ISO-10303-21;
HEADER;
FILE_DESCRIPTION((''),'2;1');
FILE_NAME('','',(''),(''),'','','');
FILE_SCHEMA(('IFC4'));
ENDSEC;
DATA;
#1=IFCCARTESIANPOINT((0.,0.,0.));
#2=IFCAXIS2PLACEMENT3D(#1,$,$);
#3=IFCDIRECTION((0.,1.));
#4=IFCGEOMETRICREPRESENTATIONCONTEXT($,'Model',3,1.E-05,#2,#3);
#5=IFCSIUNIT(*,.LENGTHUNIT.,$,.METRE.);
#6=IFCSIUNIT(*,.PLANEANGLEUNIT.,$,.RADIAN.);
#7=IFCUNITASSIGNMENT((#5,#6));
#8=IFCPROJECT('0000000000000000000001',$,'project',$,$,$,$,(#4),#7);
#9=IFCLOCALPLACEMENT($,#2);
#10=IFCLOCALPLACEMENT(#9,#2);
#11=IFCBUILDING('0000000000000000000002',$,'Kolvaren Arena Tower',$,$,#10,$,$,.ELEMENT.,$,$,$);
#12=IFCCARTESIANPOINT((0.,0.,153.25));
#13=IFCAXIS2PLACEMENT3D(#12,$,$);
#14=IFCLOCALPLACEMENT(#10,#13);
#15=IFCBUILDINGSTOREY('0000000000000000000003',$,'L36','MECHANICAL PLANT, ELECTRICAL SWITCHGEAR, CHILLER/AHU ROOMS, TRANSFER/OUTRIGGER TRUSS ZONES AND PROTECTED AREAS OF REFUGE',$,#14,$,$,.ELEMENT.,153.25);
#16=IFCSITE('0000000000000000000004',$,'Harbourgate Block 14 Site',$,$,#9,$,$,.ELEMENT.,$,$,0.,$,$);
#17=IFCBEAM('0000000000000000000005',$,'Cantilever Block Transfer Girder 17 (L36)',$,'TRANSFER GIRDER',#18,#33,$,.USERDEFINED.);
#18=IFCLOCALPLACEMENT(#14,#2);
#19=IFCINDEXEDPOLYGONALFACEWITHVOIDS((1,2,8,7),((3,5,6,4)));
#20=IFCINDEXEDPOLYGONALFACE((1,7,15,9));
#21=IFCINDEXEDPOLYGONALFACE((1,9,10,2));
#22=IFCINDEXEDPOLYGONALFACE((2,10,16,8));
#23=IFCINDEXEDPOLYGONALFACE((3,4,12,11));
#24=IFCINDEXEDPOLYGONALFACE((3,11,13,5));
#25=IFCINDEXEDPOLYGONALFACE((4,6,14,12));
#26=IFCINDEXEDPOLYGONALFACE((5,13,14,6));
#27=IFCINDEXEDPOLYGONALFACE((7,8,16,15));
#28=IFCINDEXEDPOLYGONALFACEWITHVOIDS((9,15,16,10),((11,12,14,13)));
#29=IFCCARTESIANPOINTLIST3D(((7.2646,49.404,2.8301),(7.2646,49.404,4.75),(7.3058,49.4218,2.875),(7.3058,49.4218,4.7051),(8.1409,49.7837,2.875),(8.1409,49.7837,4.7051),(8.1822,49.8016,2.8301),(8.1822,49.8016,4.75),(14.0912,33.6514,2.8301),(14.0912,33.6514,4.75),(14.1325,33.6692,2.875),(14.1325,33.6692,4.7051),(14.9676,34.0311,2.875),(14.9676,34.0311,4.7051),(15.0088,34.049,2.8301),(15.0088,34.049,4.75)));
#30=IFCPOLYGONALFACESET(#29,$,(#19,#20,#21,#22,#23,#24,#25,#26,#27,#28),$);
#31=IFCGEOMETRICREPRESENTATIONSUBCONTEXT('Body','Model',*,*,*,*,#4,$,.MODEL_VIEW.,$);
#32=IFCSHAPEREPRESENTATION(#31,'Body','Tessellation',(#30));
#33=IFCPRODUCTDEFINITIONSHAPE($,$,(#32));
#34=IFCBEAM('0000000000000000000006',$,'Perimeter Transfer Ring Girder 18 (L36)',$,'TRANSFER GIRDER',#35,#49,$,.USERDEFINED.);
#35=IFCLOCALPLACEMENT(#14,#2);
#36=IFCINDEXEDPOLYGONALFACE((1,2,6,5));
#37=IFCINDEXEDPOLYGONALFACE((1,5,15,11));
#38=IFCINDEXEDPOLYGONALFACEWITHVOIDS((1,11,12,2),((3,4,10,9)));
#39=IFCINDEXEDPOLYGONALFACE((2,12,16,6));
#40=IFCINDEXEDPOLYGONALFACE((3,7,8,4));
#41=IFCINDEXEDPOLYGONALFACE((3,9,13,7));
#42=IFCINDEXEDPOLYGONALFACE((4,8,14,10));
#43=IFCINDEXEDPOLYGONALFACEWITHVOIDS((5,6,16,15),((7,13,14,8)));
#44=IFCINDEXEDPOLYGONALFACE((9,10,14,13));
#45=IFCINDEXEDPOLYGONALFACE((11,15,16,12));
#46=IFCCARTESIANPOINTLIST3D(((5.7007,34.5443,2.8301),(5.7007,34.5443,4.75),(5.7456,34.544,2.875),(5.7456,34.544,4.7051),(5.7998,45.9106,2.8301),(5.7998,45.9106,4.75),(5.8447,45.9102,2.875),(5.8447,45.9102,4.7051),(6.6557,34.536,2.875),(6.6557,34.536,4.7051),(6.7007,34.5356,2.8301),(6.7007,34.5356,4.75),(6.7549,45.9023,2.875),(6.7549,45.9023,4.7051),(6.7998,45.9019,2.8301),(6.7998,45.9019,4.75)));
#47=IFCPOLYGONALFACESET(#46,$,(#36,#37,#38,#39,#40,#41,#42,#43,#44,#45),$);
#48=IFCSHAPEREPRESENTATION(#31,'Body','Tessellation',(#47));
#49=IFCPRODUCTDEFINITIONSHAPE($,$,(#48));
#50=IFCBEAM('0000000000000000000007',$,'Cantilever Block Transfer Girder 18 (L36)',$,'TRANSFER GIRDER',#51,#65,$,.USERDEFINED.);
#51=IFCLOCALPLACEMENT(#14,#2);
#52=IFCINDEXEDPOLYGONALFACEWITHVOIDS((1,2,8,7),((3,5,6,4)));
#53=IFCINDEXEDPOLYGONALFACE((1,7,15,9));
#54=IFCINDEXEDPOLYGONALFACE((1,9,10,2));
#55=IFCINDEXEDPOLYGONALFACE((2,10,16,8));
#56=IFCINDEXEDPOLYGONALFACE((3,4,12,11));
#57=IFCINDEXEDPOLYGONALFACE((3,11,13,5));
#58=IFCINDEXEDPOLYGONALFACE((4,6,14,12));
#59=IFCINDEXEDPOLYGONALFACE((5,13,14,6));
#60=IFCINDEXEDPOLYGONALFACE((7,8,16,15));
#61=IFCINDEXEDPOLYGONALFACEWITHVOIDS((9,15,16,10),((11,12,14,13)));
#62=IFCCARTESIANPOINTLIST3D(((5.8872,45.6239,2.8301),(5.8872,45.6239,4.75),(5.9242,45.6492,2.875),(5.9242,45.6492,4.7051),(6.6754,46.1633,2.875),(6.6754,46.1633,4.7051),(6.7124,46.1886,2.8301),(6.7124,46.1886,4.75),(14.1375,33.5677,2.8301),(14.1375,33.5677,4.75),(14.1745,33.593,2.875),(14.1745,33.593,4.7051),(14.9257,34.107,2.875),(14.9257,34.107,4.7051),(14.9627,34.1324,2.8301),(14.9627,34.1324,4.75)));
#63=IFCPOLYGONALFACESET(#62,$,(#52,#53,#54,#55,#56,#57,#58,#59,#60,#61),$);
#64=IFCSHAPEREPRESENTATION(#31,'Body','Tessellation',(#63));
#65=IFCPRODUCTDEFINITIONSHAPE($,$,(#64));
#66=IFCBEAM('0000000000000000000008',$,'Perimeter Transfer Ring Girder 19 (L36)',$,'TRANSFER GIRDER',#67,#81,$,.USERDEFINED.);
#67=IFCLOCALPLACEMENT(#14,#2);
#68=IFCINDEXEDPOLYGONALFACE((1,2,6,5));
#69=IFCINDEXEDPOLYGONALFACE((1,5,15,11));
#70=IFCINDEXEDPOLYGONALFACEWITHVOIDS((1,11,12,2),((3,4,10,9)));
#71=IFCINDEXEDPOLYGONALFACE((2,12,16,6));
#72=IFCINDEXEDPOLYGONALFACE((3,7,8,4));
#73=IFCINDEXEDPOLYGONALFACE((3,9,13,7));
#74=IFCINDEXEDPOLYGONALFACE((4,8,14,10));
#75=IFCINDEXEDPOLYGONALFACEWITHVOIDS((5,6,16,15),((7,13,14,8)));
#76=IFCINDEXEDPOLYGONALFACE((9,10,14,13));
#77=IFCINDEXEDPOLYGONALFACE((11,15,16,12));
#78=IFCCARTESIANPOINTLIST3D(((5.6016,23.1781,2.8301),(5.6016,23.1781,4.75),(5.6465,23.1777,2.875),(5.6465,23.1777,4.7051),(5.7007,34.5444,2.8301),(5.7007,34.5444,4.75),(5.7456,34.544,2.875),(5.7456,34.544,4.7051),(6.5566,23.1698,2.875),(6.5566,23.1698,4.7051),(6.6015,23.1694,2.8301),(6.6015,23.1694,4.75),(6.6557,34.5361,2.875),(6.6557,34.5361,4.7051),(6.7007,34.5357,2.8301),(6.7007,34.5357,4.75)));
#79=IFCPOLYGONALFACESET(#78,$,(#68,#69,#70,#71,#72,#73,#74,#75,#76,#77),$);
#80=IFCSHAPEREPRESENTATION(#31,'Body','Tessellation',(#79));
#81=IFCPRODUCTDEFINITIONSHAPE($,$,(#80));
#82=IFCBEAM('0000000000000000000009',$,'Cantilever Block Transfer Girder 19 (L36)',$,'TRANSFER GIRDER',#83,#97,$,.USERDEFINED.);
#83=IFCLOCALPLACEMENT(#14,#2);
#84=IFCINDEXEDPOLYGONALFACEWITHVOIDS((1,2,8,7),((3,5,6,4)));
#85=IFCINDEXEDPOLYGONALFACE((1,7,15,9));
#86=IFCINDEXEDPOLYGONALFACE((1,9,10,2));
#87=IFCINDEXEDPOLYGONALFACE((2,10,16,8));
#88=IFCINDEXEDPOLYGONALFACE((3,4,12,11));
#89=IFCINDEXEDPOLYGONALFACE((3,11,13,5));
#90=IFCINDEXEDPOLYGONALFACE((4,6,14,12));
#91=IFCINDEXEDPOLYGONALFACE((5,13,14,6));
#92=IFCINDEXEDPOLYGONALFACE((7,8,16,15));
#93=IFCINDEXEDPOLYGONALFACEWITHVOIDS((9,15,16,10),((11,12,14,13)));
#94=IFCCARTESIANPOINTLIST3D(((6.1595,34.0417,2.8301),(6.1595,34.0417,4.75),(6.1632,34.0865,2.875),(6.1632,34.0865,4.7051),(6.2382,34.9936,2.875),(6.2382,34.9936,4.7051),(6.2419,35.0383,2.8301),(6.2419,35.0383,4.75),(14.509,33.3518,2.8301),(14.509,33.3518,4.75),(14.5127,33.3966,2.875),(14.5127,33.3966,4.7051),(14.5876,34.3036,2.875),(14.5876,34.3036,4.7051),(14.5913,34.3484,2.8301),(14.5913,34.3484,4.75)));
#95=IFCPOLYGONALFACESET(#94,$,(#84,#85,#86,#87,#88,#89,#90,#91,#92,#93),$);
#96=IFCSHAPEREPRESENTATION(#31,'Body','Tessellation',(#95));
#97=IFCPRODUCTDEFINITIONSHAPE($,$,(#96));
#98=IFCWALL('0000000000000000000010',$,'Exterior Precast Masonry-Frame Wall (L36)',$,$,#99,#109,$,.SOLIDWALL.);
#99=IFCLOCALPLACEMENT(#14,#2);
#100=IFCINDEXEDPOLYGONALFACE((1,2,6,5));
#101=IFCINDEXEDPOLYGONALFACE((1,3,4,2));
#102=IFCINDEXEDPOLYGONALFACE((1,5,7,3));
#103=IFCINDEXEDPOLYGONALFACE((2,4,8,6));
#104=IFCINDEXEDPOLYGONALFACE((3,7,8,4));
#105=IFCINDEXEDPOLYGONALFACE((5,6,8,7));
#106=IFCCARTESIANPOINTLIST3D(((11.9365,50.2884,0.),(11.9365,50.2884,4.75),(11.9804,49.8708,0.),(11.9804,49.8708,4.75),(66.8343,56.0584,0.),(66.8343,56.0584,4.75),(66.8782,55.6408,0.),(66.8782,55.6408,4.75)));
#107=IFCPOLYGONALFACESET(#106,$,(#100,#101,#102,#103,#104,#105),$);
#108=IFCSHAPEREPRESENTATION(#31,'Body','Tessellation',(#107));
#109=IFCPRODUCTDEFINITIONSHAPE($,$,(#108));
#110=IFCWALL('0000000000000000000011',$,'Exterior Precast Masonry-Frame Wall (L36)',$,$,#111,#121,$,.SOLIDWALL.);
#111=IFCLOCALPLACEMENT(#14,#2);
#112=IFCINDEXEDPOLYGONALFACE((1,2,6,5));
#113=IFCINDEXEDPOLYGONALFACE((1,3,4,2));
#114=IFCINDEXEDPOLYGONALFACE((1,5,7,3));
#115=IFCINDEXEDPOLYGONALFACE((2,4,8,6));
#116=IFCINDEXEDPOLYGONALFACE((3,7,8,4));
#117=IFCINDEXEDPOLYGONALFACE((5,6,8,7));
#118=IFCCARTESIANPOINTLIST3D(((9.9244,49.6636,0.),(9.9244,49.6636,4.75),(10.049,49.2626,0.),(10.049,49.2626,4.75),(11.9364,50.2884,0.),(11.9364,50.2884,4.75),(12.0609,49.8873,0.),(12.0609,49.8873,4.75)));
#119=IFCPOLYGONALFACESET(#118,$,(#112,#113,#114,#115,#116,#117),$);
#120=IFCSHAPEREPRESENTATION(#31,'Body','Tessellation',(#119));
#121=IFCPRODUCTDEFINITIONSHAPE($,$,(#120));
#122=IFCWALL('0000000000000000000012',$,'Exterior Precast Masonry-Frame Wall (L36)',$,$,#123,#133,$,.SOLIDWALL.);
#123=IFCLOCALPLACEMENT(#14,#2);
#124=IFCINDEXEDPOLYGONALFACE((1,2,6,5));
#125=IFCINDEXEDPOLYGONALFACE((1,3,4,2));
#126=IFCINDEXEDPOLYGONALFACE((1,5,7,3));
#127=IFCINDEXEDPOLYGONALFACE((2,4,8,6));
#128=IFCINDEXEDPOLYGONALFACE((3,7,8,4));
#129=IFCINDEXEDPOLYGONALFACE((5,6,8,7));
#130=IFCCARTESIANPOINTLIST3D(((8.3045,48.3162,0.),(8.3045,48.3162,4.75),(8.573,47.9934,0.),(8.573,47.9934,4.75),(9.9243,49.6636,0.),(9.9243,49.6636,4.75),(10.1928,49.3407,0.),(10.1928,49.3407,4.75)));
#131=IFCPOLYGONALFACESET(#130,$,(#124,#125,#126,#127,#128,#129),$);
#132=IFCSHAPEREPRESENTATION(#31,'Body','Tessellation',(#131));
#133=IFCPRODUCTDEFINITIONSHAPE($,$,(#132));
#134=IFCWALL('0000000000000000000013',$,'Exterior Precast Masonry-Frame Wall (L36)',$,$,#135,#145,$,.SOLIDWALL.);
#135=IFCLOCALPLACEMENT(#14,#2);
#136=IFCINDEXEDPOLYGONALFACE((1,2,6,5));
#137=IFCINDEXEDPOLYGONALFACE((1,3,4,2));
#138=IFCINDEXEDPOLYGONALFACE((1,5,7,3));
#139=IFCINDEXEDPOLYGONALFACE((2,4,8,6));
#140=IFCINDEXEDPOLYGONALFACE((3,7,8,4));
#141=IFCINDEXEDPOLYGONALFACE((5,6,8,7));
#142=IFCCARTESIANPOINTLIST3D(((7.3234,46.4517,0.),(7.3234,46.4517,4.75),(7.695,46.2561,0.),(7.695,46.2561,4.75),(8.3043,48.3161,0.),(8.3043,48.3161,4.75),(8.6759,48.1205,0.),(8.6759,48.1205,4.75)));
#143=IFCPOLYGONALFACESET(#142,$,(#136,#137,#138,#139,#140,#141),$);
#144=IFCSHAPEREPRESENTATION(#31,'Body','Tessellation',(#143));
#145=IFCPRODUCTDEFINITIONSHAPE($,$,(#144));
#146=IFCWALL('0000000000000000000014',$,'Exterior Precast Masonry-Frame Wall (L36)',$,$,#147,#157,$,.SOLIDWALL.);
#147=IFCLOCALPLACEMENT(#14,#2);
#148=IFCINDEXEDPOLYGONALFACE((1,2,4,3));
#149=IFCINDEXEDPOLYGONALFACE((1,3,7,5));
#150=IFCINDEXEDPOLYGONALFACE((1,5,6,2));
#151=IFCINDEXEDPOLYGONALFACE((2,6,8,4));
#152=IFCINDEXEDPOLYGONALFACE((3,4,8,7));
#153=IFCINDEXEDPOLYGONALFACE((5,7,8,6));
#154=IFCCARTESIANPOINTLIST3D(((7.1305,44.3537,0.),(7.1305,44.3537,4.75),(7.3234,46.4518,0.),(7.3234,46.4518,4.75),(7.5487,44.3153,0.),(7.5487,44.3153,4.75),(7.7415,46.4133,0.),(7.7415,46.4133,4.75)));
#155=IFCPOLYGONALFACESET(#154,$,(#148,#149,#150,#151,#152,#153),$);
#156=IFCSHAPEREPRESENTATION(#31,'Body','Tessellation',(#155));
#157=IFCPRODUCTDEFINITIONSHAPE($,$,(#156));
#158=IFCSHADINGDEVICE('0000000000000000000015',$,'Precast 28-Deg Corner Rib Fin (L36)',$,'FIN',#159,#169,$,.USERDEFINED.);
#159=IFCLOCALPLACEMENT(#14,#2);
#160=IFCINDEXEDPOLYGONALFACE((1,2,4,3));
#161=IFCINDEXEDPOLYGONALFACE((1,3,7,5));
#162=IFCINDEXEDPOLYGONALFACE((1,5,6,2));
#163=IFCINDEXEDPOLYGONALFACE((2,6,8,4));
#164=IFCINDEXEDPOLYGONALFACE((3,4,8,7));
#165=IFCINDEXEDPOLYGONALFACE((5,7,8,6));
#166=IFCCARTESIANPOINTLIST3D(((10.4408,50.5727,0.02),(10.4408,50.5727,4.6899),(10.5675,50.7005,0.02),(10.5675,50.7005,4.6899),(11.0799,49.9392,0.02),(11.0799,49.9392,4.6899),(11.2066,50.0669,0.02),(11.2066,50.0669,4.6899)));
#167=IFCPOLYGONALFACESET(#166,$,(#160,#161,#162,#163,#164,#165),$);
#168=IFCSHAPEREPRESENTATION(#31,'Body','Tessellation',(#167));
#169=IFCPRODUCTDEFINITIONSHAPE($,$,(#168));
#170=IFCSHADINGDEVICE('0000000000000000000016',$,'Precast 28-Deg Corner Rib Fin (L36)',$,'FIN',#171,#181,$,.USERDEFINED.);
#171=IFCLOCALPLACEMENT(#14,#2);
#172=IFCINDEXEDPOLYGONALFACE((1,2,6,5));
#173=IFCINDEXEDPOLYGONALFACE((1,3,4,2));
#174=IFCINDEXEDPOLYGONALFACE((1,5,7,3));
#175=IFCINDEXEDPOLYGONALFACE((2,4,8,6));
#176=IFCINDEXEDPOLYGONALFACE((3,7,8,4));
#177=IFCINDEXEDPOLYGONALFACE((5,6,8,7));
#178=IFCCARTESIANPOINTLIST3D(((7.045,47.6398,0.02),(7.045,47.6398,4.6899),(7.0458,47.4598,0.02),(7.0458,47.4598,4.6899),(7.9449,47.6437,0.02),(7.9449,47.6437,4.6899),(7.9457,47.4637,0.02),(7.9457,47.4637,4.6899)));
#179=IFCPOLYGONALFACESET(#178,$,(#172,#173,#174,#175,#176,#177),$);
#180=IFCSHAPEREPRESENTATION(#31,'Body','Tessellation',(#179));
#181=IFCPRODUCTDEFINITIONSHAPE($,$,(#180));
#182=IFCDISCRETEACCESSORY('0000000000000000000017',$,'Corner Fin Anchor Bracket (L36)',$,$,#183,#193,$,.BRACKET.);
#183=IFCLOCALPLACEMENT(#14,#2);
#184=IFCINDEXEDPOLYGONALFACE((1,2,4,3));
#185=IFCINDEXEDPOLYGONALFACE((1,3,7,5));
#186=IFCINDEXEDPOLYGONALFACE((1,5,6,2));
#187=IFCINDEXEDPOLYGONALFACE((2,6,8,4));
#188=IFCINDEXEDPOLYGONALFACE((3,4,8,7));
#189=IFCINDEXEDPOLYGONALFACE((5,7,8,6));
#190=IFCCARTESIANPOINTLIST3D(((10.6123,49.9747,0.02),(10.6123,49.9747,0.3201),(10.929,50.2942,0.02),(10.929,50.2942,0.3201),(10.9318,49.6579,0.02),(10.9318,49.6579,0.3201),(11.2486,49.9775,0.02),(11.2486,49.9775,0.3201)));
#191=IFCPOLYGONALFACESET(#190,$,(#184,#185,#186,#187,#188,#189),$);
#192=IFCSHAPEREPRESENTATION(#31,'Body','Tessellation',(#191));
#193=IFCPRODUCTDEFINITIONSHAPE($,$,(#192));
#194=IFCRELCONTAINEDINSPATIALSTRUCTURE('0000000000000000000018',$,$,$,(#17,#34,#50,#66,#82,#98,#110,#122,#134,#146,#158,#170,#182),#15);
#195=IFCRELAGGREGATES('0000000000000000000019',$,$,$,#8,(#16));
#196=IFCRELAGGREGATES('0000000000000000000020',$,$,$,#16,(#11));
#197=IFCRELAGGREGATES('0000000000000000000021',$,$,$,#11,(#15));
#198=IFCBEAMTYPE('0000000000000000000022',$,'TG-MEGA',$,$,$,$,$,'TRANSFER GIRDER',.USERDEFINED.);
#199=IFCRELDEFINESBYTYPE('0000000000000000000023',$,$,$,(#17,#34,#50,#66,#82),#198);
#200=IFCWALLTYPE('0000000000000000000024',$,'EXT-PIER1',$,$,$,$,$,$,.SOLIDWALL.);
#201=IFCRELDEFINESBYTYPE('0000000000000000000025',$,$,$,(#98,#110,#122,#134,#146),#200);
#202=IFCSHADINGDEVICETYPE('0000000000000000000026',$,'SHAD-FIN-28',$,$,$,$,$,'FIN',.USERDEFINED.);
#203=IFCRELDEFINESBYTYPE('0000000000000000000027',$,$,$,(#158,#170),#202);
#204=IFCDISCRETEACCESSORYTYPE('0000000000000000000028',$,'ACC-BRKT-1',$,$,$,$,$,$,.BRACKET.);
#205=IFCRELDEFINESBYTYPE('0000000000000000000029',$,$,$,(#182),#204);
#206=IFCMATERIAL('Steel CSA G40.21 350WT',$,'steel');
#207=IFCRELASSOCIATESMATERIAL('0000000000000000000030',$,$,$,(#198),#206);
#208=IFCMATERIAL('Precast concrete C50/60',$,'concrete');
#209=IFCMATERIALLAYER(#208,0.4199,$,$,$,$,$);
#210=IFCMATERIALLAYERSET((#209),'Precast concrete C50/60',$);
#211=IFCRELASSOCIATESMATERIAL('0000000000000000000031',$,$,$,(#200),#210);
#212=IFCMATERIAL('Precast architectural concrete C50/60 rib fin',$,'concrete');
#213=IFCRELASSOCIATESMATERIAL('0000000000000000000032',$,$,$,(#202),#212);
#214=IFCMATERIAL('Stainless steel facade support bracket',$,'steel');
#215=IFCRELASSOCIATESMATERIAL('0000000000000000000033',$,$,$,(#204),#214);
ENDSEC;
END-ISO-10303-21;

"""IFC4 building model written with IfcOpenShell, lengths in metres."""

from ifc_helpers import new_model, si_unit, direction, frame, frame_2d, origin, origin_2d, place, context, subcontext, project, spatial, rectangle, hollow_rectangle, extrude, material, layer, layer_set, material_profile, profile_set, type_object, element, save


model = new_model("IFC4")

# Units and contexts
model_context = context("Model", 3, precision=1e-05, world=origin(), true_north=direction((0.0, 1.0)))
body_context = subcontext(model_context, "Body", "Model", "MODEL_VIEW")
ifc_project = project(units=[si_unit("LENGTHUNIT", "METRE"), si_unit("PLANEANGLEUNIT", "RADIAN")], contexts=[model_context])

# Site, building, storey
site_placement = place(None, origin())
site = spatial("IfcSite", under=ifc_project, at=site_placement, Name="Harbourgate Block 14 Site", CompositionType="ELEMENT", RefElevation=0.0)
building_placement = place(site_placement, origin())
building = spatial("IfcBuilding", under=site, at=building_placement, Name="Kolvaren Arena Tower", CompositionType="ELEMENT")
storey_placement = place(building_placement, frame((0.0, 0.0, 153.25)))
storey = spatial("IfcBuildingStorey", under=building, at=storey_placement, Name="L36", Description="MECHANICAL PLANT, ELECTRICAL SWITCHGEAR, CHILLER/AHU ROOMS, TRANSFER/OUTRIGGER TRUSS ZONES AND PROTECTED AREAS OF REFUGE", CompositionType="ELEMENT", Elevation=153.25)

# Shared definitions
ifc_material_1 = material(Name="Steel CSA G40.21 350WT", Category="steel")

# Beams
ifc_material_profile_1 = material_profile(ifc_material_1, hollow_rectangle(XDim=1.0, YDim=1.9199, WallThickness=0.0449, at=origin_2d()), Name="BOX 1000x1920x45")
ifc_profile_set_1 = profile_set([ifc_material_profile_1], Name="Steel CSA G40.21 350WT")
beam_type_1 = type_object("IfcBeamType", Name="TG-MEGA", ElementType="TRANSFER GIRDER", PredefinedType="USERDEFINED", material=ifc_profile_set_1)
beam_1_placement = place(storey_placement, frame((7.7234, 49.6028, 3.79), z_axis=(0.397632, -0.917545, 0.0), x_axis=(0.917545, 0.397632, 0.0)))
element("IfcBeam", 1, at=beam_1_placement, inside=storey, type_object=beam_type_1, Name="Cantilever Block Transfer Girder 17 (L36)", ObjectType="TRANSFER GIRDER", PredefinedType="USERDEFINED", context=body_context, shape_type="SweptSolid", body=[
    extrude(hollow_rectangle(XDim=1.0, YDim=1.9199, WallThickness=0.0449, at=origin_2d()), origin(), (0.0, 0.0, 1.0), 17.1682),
])
beam_2_placement = place(storey_placement, frame((6.2998, 45.9062, 3.79), z_axis=(-0.00872, -0.999962, 0.0), x_axis=(0.999962, -0.00872, 0.0)))
element("IfcBeam", 2, at=beam_2_placement, inside=storey, type_object=beam_type_1, Name="Perimeter Transfer Ring Girder 18 (L36)", ObjectType="TRANSFER GIRDER", PredefinedType="USERDEFINED", context=body_context, shape_type="SweptSolid", body=[
    extrude(hollow_rectangle(XDim=1.0, YDim=1.9199, WallThickness=0.0449, at=origin_2d()), origin(), (0.0, 0.0, 1.0), 11.3667),
])
beam_3_placement = place(storey_placement, frame((6.2998, 45.9062, 3.79), z_axis=(0.564744, -0.825266, 0.0), x_axis=(0.825266, 0.564744, 0.0)))
element("IfcBeam", 3, at=beam_3_placement, inside=storey, type_object=beam_type_1, Name="Cantilever Block Transfer Girder 18 (L36)", ObjectType="TRANSFER GIRDER", PredefinedType="USERDEFINED", context=body_context, shape_type="SweptSolid", body=[
    extrude(hollow_rectangle(XDim=1.0, YDim=1.9199, WallThickness=0.0449, at=origin_2d()), origin(), (0.0, 0.0, 1.0), 14.6089),
])
beam_4_placement = place(storey_placement, frame((6.2007, 34.54, 3.79), z_axis=(-0.00872, -0.999962, 0.0), x_axis=(0.999962, -0.00872, 0.0)))
element("IfcBeam", 4, at=beam_4_placement, inside=storey, type_object=beam_type_1, Name="Perimeter Transfer Ring Girder 19 (L36)", ObjectType="TRANSFER GIRDER", PredefinedType="USERDEFINED", context=body_context, shape_type="SweptSolid", body=[
    extrude(hollow_rectangle(XDim=1.0, YDim=1.9199, WallThickness=0.0449, at=origin_2d()), origin(), (0.0, 0.0, 1.0), 11.3667),
])
beam_5_placement = place(storey_placement, frame((6.2007, 34.54, 3.79), z_axis=(0.996603, -0.082353, 0.0), x_axis=(0.082353, 0.996603, 0.0)))
element("IfcBeam", 5, at=beam_5_placement, inside=storey, type_object=beam_type_1, Name="Cantilever Block Transfer Girder 19 (L36)", ObjectType="TRANSFER GIRDER", PredefinedType="USERDEFINED", context=body_context, shape_type="SweptSolid", body=[
    extrude(hollow_rectangle(XDim=1.0, YDim=1.9199, WallThickness=0.0449, at=origin_2d()), origin(), (0.0, 0.0, 1.0), 8.3779),
])

# Walls
ifc_material_2 = material(Name="Precast concrete C50/60", Category="concrete")
ifc_layer = layer(ifc_material_2, 0.4199)
ifc_layer_set = layer_set([ifc_layer], Name="Precast concrete C50/60")
wall_type = type_object("IfcWallType", Name="EXT-PIER1", PredefinedType="SOLIDWALL", material=ifc_layer_set)
wall_1_placement = place(storey_placement, frame((11.9585, 50.0796, 0.0), z_axis=(0.0, 0.0, 1.0), x_axis=(0.994522, 0.104529, 0.0)))
element("IfcWall", 6, at=wall_1_placement, inside=storey, type_object=wall_type, Name="Exterior Precast Masonry-Frame Wall (L36)", PredefinedType="SOLIDWALL", context=body_context, shape_type="SweptSolid", body=[
    extrude(rectangle(XDim=55.2002, YDim=0.4199, at=frame_2d((27.6001, 0.0))), origin(), (0.0, 0.0, 1.0), 4.75),
])
wall_2_placement = place(storey_placement, frame((9.9868, 49.4631, 0.0), z_axis=(0.0, 0.0, 1.0), x_axis=(0.955017, 0.296552, 0.0)))
element("IfcWall", 7, at=wall_2_placement, inside=storey, type_object=wall_type, Name="Exterior Precast Masonry-Frame Wall (L36)", PredefinedType="SOLIDWALL", context=body_context, shape_type="SweptSolid", body=[
    extrude(rectangle(XDim=2.1067, YDim=0.4199, at=frame_2d((1.0532, 0.0))), origin(), (0.0, 0.0, 1.0), 4.75),
])
wall_3_placement = place(storey_placement, frame((8.4387, 48.1548, 0.0), z_axis=(0.0, 0.0, 1.0), x_axis=(0.7688, 0.639489, 0.0)))
element("IfcWall", 8, at=wall_3_placement, inside=storey, type_object=wall_type, Name="Exterior Precast Masonry-Frame Wall (L36)", PredefinedType="SOLIDWALL", context=body_context, shape_type="SweptSolid", body=[
    extrude(rectangle(XDim=2.1069, YDim=0.4199, at=frame_2d((1.0535, 0.0))), origin(), (0.0, 0.0, 1.0), 4.75),
])
wall_4_placement = place(storey_placement, frame((7.5093, 46.354, 0.0), z_axis=(0.0, 0.0, 1.0), x_axis=(0.465613, 0.884989, 0.0)))
element("IfcWall", 9, at=wall_4_placement, inside=storey, type_object=wall_type, Name="Exterior Precast Masonry-Frame Wall (L36)", PredefinedType="SOLIDWALL", context=body_context, shape_type="SweptSolid", body=[
    extrude(rectangle(XDim=2.1067, YDim=0.4199, at=frame_2d((1.0532, 0.0))), origin(), (0.0, 0.0, 1.0), 4.75),
])
wall_5_placement = place(storey_placement, frame((7.3396, 44.3345, 0.0), z_axis=(0.0, 0.0, 1.0), x_axis=(0.091539, 0.995802, 0.0)))
element("IfcWall", 10, at=wall_5_placement, inside=storey, type_object=wall_type, Name="Exterior Precast Masonry-Frame Wall (L36)", PredefinedType="SOLIDWALL", context=body_context, shape_type="SweptSolid", body=[
    extrude(rectangle(XDim=2.1069, YDim=0.4199, at=frame_2d((1.0535, 0.0))), origin(), (0.0, 0.0, 1.0), 4.75),
])

# Shading devices
ifc_material_3 = material(Name="Precast architectural concrete C50/60 rib fin", Category="concrete")
shading_device_type = type_object("IfcShadingDeviceType", Name="SHAD-FIN-28", ElementType="FIN", PredefinedType="USERDEFINED", material=ifc_material_3)
for number, where, z_axis, x_axis, name in (
    (11, (10.8237, 50.3198, 0.02), (0.0, 0.0, 1.0), (-0.710184, 0.704016, 0.0), "Precast 28-Deg Corner Rib Fin (L36)"),
    (12, (7.4954, 47.5518, 0.02), (0.0, 0.0, 1.0), (-0.999991, -0.004349, 0.0), "Precast 28-Deg Corner Rib Fin (L36)"),
):
    element("IfcShadingDevice", number, at=place(storey_placement, frame(where, z_axis=z_axis, x_axis=x_axis)), inside=storey, type_object=shading_device_type, Name=name, ObjectType="FIN", PredefinedType="USERDEFINED", context=body_context, shape_type="SweptSolid", body=[
        extrude(rectangle(XDim=0.8999, YDim=0.1799, at=origin_2d()), origin(), (0.0, 0.0, 1.0), 4.6699),
    ])

# Discrete accessory
ifc_material_4 = material(Name="Stainless steel facade support bracket", Category="steel")
discrete_accessory_type_1 = type_object("IfcDiscreteAccessoryType", Name="ACC-BRKT-1", PredefinedType="BRACKET", material=ifc_material_4)
for number, where, z_axis, x_axis, name in (
    (13, (10.9304, 49.9761, 0.02), (0.0, 0.0, 1.0), (-0.710184, 0.704016, 0.0), "Corner Fin Anchor Bracket (L36)"),
):
    element("IfcDiscreteAccessory", number, at=place(storey_placement, frame(where, z_axis=z_axis, x_axis=x_axis)), inside=storey, type_object=discrete_accessory_type_1, Name=name, PredefinedType="BRACKET", context=body_context, shape_type="SweptSolid", body=[
        extrude(rectangle(XDim=0.45, YDim=0.45, at=origin_2d()), origin(), (0.0, 0.0, 1.0), 0.3),
    ])

save(model, "model.ifc")
